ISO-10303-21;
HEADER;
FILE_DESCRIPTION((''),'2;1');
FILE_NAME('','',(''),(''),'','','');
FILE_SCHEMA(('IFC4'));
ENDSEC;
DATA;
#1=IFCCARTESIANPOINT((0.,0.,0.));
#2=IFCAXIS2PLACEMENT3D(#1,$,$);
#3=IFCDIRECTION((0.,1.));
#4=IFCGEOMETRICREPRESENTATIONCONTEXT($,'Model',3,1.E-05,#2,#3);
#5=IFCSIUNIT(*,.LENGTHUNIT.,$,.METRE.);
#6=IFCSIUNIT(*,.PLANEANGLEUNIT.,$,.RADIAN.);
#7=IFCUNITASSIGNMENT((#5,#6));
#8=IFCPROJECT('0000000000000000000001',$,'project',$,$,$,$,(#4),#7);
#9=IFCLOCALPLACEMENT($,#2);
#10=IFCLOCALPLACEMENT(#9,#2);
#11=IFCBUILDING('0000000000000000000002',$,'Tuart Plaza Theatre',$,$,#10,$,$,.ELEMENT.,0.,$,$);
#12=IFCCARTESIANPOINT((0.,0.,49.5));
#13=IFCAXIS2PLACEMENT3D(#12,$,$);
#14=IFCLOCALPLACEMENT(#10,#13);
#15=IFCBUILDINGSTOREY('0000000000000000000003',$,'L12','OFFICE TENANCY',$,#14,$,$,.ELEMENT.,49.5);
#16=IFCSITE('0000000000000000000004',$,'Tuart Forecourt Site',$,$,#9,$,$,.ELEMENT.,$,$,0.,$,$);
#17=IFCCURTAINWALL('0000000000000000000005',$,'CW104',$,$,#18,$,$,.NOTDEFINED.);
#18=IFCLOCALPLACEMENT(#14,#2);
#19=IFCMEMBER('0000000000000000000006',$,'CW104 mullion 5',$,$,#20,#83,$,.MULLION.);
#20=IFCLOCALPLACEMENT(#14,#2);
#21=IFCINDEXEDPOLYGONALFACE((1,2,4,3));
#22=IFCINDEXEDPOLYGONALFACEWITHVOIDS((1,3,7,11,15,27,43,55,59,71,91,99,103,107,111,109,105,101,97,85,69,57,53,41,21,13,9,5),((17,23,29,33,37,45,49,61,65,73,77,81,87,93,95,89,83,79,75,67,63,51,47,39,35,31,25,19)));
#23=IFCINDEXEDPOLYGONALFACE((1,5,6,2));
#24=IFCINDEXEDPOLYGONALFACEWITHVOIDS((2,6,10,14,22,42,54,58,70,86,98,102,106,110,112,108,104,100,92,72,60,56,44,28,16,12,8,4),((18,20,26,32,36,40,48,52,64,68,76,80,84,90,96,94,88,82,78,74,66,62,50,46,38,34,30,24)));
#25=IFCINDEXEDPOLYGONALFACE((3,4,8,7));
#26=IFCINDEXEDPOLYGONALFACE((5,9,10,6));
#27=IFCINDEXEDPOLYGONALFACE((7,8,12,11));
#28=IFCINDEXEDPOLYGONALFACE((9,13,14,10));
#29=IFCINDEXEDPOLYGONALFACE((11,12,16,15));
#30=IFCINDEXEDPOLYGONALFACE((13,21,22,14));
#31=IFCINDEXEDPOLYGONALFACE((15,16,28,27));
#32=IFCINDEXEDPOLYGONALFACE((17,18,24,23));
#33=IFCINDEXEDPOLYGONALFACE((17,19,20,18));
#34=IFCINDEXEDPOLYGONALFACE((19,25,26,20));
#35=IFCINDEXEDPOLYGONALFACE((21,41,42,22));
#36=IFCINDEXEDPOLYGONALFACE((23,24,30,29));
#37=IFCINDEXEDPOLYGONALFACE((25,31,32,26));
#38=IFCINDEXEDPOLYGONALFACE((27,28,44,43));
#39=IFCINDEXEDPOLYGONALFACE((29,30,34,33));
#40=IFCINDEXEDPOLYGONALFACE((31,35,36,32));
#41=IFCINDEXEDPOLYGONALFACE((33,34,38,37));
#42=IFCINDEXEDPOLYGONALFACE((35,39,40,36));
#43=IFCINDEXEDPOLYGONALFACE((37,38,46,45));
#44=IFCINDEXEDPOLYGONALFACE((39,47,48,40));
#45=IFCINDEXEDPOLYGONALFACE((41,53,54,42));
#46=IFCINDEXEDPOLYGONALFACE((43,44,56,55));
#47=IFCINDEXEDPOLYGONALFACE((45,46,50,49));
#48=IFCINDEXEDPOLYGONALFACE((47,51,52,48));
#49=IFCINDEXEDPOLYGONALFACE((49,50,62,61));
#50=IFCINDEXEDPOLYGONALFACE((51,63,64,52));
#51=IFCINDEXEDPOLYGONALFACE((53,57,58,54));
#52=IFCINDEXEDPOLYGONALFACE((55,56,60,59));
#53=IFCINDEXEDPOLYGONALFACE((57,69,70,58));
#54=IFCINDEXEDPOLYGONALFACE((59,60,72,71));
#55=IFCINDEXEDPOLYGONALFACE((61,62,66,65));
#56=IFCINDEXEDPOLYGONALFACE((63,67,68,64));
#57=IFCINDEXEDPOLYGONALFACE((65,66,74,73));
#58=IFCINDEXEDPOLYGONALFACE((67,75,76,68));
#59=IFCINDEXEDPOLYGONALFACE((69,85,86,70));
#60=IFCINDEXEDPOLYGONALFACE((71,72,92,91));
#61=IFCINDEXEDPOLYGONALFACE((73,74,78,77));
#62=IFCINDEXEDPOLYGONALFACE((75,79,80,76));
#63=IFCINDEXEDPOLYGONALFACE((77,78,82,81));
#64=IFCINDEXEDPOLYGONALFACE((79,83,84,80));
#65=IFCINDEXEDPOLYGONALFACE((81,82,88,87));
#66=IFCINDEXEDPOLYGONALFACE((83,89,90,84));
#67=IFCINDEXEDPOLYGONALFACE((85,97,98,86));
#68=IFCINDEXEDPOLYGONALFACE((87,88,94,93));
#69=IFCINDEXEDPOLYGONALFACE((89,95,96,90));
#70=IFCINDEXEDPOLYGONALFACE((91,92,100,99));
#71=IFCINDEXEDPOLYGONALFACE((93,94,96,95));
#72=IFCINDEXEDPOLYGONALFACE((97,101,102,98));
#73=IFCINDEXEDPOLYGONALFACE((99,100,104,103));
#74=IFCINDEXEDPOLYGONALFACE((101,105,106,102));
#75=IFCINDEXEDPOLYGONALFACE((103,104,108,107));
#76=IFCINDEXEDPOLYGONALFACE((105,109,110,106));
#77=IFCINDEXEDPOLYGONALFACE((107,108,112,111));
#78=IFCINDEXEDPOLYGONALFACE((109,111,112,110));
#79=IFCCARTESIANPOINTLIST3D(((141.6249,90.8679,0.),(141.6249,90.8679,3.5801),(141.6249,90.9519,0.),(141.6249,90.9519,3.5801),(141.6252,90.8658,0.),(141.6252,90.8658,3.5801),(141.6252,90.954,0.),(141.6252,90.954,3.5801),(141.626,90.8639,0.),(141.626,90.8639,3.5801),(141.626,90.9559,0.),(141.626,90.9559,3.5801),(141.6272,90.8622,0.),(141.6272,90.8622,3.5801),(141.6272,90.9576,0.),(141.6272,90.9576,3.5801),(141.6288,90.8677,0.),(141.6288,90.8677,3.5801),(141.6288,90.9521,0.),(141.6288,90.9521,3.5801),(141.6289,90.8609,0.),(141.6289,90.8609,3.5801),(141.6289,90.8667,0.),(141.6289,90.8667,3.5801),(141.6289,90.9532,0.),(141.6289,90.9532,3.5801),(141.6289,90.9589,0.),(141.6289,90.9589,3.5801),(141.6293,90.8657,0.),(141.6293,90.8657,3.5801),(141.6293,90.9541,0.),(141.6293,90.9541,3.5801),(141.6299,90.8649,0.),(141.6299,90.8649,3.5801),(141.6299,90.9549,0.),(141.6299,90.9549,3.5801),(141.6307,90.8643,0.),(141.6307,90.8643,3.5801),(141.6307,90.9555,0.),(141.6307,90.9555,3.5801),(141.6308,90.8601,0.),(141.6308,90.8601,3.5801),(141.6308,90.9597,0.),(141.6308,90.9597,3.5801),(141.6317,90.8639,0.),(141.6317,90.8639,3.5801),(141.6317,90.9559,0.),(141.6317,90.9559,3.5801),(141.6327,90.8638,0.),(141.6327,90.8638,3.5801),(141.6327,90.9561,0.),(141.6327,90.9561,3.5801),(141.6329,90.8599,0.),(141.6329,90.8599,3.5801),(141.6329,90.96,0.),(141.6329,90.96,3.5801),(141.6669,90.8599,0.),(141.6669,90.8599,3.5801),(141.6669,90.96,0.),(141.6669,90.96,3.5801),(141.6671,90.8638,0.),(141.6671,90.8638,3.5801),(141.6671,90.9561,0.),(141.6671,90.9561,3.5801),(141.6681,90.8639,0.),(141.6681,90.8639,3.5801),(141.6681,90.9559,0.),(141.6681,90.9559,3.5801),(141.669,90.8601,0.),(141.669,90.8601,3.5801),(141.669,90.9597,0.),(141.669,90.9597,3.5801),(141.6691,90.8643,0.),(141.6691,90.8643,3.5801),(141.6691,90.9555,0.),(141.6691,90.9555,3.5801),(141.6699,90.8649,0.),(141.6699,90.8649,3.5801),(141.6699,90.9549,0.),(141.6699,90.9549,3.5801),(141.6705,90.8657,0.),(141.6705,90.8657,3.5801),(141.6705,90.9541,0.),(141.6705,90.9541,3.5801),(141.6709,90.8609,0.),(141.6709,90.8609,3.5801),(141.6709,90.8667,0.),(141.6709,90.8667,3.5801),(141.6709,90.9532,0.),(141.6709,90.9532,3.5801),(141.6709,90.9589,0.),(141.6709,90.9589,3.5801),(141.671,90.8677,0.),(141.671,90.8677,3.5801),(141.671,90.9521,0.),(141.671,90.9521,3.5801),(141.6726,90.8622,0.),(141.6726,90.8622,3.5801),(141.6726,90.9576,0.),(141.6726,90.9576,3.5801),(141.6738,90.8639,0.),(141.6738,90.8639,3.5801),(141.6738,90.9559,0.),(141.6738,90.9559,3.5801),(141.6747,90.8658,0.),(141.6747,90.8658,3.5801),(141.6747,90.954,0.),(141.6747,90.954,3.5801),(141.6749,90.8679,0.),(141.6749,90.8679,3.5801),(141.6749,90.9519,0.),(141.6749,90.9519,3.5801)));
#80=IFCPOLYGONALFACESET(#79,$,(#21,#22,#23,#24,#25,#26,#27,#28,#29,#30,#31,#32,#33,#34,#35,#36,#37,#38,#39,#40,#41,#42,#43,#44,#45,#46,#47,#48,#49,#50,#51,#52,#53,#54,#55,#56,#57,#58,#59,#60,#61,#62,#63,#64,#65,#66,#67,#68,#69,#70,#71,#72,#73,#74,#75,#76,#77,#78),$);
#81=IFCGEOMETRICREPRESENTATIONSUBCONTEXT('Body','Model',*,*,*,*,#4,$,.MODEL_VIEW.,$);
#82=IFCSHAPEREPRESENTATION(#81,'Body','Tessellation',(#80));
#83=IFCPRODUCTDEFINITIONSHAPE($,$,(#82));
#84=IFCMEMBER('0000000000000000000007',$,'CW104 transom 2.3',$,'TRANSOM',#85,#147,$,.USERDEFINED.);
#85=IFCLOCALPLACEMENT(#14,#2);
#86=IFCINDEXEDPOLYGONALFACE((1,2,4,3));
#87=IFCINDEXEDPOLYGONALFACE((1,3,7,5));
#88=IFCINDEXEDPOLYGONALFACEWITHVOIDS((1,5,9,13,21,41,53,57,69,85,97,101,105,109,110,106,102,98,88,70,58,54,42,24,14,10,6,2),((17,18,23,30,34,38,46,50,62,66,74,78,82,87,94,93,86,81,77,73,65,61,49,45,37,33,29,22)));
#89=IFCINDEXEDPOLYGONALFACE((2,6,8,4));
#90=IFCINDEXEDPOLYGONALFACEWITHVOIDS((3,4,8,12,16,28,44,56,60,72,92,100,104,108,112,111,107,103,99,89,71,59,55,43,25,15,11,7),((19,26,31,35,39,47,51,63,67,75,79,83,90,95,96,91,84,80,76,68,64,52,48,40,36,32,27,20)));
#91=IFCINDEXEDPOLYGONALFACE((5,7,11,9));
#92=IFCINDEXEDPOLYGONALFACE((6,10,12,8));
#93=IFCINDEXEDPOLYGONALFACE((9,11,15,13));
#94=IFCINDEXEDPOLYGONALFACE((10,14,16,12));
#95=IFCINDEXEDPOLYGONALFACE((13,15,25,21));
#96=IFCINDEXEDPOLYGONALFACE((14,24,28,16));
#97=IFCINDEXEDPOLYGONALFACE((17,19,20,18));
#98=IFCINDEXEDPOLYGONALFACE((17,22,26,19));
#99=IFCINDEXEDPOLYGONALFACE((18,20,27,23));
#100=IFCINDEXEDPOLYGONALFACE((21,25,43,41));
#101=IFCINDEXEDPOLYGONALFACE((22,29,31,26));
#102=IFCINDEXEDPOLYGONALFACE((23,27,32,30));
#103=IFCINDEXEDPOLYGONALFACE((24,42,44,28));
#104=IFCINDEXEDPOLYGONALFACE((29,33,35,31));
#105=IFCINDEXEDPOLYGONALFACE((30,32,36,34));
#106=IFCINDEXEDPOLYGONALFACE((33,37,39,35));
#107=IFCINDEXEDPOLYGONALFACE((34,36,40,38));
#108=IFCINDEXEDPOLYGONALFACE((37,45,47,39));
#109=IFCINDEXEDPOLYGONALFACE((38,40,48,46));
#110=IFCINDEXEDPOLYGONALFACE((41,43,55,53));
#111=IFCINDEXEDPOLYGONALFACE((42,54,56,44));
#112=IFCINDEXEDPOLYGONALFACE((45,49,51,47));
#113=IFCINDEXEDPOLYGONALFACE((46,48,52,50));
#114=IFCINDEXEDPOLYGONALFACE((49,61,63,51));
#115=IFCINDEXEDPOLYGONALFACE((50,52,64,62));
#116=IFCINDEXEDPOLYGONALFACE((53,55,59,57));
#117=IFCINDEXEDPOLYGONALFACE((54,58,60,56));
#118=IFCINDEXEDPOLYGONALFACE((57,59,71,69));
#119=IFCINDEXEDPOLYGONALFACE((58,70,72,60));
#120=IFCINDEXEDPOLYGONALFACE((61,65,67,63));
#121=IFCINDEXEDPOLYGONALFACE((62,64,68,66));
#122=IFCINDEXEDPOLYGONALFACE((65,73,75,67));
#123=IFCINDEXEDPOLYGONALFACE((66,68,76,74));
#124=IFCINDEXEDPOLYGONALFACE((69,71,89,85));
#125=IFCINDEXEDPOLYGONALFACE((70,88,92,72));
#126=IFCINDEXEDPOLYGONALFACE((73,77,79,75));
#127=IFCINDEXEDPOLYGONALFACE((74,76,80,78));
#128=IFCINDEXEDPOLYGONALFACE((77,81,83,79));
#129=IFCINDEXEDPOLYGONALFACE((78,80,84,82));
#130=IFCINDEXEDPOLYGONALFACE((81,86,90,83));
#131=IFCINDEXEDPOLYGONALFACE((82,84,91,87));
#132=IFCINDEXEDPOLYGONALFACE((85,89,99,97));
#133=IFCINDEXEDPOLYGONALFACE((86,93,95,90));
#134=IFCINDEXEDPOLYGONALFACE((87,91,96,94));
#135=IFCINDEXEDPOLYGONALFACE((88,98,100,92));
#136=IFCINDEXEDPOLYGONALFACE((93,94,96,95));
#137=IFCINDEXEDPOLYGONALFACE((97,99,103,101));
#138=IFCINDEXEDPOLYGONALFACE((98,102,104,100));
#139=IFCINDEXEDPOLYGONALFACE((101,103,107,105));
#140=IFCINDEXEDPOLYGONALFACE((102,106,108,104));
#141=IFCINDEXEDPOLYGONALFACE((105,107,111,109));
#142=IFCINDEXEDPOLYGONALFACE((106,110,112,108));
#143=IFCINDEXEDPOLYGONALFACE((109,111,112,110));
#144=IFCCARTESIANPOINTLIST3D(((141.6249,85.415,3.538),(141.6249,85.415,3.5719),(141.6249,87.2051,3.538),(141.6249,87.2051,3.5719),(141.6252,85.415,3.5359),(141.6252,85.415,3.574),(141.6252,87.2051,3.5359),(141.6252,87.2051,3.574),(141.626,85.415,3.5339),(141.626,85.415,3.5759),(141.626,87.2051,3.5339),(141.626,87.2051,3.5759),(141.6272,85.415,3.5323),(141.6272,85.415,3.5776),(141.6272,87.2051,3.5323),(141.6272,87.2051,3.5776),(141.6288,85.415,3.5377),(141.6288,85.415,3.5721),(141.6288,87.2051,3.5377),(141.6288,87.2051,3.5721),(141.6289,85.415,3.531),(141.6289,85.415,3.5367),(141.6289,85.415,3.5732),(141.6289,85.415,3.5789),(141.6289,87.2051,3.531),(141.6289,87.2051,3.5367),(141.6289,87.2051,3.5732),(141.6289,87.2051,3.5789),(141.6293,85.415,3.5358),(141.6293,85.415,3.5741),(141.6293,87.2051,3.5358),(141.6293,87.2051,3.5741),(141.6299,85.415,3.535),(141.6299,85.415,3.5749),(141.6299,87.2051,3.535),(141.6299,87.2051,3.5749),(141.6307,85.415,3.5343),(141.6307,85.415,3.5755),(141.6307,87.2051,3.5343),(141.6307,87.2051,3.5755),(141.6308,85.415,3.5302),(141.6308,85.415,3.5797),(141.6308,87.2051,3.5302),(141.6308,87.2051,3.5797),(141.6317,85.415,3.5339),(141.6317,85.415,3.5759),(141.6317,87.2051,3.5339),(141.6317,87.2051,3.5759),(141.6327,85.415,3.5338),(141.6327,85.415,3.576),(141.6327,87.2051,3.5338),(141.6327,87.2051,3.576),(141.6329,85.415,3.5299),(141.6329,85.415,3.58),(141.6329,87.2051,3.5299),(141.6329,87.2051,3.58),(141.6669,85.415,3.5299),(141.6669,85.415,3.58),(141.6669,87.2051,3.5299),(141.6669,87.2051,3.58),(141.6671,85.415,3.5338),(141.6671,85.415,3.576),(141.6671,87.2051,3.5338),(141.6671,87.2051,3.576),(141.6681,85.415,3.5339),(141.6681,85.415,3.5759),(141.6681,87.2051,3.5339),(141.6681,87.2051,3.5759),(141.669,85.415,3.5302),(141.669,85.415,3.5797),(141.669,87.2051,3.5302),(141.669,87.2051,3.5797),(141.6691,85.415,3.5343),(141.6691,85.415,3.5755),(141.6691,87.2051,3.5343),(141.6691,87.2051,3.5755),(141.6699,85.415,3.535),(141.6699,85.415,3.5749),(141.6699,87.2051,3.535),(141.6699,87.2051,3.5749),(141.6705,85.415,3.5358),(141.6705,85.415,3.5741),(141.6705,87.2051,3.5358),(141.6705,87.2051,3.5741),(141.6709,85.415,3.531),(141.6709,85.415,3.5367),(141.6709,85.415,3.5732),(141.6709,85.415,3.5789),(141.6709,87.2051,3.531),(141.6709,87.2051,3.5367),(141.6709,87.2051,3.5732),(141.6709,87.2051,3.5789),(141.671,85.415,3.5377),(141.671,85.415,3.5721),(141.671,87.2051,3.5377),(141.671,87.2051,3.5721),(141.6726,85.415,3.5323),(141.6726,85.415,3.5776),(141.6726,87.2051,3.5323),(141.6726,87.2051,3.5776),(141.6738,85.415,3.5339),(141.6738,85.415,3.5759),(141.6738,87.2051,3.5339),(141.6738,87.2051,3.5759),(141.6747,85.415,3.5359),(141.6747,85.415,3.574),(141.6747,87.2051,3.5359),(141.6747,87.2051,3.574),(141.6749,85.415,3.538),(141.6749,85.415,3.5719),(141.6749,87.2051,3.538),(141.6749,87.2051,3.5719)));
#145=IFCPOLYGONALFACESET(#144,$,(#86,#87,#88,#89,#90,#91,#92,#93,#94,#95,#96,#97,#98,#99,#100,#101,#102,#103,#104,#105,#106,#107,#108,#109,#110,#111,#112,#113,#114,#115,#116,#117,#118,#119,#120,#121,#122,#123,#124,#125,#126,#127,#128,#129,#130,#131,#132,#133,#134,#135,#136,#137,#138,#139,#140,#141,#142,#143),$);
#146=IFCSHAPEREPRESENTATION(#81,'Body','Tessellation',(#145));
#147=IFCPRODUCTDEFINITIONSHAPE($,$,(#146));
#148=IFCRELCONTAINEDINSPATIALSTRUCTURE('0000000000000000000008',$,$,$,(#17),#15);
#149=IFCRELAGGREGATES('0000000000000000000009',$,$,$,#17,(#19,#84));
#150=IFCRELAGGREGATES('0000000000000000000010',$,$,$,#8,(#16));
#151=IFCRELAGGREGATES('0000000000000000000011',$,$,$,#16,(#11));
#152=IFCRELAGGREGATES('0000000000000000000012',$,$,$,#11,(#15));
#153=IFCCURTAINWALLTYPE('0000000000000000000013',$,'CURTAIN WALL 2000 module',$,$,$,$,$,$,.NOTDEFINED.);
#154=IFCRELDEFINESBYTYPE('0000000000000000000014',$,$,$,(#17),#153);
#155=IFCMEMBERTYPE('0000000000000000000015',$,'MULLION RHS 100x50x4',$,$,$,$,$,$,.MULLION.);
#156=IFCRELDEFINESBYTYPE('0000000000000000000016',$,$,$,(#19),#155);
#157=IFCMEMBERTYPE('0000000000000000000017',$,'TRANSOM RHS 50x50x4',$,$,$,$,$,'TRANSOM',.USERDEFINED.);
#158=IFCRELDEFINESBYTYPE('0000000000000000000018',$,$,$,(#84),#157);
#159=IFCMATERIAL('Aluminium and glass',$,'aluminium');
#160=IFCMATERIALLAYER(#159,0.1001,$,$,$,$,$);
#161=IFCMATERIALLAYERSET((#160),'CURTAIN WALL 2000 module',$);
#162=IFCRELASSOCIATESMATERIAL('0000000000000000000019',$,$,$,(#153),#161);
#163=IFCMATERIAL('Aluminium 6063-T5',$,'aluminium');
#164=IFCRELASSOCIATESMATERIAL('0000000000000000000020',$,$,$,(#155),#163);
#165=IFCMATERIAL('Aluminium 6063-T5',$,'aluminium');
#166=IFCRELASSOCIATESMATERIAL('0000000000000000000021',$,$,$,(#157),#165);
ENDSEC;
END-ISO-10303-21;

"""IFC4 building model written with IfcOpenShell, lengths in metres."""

from ifc_helpers import new_model, si_unit, direction, frame, origin, origin_2d, place, context, subcontext, project, spatial, hollow_rectangle, extrude, material, layer, layer_set, material_profile, profile_set, type_object, element, aggregate, save


model = new_model("IFC4")

# Units and contexts
model_context = context("Model", 3, precision=1e-05, world=origin(), true_north=direction((0.0, 1.0)))
body_context = subcontext(model_context, "Body", "Model", "MODEL_VIEW")
ifc_project = project(units=[si_unit("LENGTHUNIT", "METRE"), si_unit("PLANEANGLEUNIT", "RADIAN")], contexts=[model_context])

# Site, building, storey
site_placement = place(None, origin())
site = spatial("IfcSite", under=ifc_project, at=site_placement, Name="Tuart Forecourt Site", CompositionType="ELEMENT", RefElevation=0.0)
building_placement = place(site_placement, origin())
building = spatial("IfcBuilding", under=site, at=building_placement, Name="Tuart Plaza Theatre", CompositionType="ELEMENT", ElevationOfRefHeight=0.0)
storey_placement = place(building_placement, frame((0.0, 0.0, 49.5)))
storey = spatial("IfcBuildingStorey", under=building, at=storey_placement, Name="L12", Description="OFFICE TENANCY", CompositionType="ELEMENT", Elevation=49.5)

# Curtain wall, members
ifc_material_1 = material(Name="Aluminium and glass", Category="aluminium")
ifc_layer_1 = layer(ifc_material_1, 0.1001)
ifc_layer_set_1 = layer_set([ifc_layer_1], Name="CURTAIN WALL 2000 module")
curtain_wall_type = type_object("IfcCurtainWallType", Name="CURTAIN WALL 2000 module", PredefinedType="NOTDEFINED", material=ifc_layer_set_1)
curtain_wall_placement = place(storey_placement, origin())
curtain_wall = element("IfcCurtainWall", 1, at=curtain_wall_placement, inside=storey, type_object=curtain_wall_type, Name="CW104", PredefinedType="NOTDEFINED")
ifc_material_2 = material(Name="Aluminium 6063-T5", Category="aluminium")
ifc_material_profile_1 = material_profile(ifc_material_2, hollow_rectangle(XDim=0.05, YDim=0.1001, WallThickness=0.0039, InnerFilletRadius=0.0039, OuterFilletRadius=0.0081, at=origin_2d()), Name="RHS 100x50x4")
ifc_profile_set_1 = profile_set([ifc_material_profile_1], Name="Aluminium 6063-T5")
member_type_1 = type_object("IfcMemberType", Name="MULLION RHS 100x50x4", PredefinedType="MULLION", material=ifc_profile_set_1)
member_1_placement = place(storey_placement, frame((141.6499, 90.9099, 0.0), z_axis=(0.0, 0.0, 1.0), x_axis=(-1.0, 0.0, 0.0)))
member_1 = element("IfcMember", 2, at=member_1_placement, type_object=member_type_1, Name="CW104 mullion 5", PredefinedType="MULLION", context=body_context, shape_type="SweptSolid", body=[
    extrude(hollow_rectangle(XDim=0.05, YDim=0.1001, WallThickness=0.0039, InnerFilletRadius=0.0039, OuterFilletRadius=0.0081, at=origin_2d()), origin(), (0.0, 0.0, 1.0), 3.5801),
])
ifc_material_3 = material(Name="Aluminium 6063-T5", Category="aluminium")
ifc_material_profile_2 = material_profile(ifc_material_3, hollow_rectangle(XDim=0.05, YDim=0.05, WallThickness=0.0039, InnerFilletRadius=0.0039, OuterFilletRadius=0.0081, at=origin_2d()), Name="RHS 50x50x4")
ifc_profile_set_2 = profile_set([ifc_material_profile_2], Name="Aluminium 6063-T5")
member_type_2 = type_object("IfcMemberType", Name="TRANSOM RHS 50x50x4", ElementType="TRANSOM", PredefinedType="USERDEFINED", material=ifc_profile_set_2)
member_2_placement = place(storey_placement, frame((141.6499, 85.415, 3.5549), z_axis=(0.0, 1.0, 0.0), x_axis=(-1.0, 0.0, 0.0)))
member_2 = element("IfcMember", 3, at=member_2_placement, type_object=member_type_2, Name="CW104 transom 2.3", ObjectType="TRANSOM", PredefinedType="USERDEFINED", context=body_context, shape_type="SweptSolid", body=[
    extrude(hollow_rectangle(XDim=0.05, YDim=0.05, WallThickness=0.0039, InnerFilletRadius=0.0039, OuterFilletRadius=0.0081, at=origin_2d()), origin(), (0.0, 0.0, 1.0), 1.79),
])
aggregate(curtain_wall, [member_1, member_2])

save(model, "model.ifc")
